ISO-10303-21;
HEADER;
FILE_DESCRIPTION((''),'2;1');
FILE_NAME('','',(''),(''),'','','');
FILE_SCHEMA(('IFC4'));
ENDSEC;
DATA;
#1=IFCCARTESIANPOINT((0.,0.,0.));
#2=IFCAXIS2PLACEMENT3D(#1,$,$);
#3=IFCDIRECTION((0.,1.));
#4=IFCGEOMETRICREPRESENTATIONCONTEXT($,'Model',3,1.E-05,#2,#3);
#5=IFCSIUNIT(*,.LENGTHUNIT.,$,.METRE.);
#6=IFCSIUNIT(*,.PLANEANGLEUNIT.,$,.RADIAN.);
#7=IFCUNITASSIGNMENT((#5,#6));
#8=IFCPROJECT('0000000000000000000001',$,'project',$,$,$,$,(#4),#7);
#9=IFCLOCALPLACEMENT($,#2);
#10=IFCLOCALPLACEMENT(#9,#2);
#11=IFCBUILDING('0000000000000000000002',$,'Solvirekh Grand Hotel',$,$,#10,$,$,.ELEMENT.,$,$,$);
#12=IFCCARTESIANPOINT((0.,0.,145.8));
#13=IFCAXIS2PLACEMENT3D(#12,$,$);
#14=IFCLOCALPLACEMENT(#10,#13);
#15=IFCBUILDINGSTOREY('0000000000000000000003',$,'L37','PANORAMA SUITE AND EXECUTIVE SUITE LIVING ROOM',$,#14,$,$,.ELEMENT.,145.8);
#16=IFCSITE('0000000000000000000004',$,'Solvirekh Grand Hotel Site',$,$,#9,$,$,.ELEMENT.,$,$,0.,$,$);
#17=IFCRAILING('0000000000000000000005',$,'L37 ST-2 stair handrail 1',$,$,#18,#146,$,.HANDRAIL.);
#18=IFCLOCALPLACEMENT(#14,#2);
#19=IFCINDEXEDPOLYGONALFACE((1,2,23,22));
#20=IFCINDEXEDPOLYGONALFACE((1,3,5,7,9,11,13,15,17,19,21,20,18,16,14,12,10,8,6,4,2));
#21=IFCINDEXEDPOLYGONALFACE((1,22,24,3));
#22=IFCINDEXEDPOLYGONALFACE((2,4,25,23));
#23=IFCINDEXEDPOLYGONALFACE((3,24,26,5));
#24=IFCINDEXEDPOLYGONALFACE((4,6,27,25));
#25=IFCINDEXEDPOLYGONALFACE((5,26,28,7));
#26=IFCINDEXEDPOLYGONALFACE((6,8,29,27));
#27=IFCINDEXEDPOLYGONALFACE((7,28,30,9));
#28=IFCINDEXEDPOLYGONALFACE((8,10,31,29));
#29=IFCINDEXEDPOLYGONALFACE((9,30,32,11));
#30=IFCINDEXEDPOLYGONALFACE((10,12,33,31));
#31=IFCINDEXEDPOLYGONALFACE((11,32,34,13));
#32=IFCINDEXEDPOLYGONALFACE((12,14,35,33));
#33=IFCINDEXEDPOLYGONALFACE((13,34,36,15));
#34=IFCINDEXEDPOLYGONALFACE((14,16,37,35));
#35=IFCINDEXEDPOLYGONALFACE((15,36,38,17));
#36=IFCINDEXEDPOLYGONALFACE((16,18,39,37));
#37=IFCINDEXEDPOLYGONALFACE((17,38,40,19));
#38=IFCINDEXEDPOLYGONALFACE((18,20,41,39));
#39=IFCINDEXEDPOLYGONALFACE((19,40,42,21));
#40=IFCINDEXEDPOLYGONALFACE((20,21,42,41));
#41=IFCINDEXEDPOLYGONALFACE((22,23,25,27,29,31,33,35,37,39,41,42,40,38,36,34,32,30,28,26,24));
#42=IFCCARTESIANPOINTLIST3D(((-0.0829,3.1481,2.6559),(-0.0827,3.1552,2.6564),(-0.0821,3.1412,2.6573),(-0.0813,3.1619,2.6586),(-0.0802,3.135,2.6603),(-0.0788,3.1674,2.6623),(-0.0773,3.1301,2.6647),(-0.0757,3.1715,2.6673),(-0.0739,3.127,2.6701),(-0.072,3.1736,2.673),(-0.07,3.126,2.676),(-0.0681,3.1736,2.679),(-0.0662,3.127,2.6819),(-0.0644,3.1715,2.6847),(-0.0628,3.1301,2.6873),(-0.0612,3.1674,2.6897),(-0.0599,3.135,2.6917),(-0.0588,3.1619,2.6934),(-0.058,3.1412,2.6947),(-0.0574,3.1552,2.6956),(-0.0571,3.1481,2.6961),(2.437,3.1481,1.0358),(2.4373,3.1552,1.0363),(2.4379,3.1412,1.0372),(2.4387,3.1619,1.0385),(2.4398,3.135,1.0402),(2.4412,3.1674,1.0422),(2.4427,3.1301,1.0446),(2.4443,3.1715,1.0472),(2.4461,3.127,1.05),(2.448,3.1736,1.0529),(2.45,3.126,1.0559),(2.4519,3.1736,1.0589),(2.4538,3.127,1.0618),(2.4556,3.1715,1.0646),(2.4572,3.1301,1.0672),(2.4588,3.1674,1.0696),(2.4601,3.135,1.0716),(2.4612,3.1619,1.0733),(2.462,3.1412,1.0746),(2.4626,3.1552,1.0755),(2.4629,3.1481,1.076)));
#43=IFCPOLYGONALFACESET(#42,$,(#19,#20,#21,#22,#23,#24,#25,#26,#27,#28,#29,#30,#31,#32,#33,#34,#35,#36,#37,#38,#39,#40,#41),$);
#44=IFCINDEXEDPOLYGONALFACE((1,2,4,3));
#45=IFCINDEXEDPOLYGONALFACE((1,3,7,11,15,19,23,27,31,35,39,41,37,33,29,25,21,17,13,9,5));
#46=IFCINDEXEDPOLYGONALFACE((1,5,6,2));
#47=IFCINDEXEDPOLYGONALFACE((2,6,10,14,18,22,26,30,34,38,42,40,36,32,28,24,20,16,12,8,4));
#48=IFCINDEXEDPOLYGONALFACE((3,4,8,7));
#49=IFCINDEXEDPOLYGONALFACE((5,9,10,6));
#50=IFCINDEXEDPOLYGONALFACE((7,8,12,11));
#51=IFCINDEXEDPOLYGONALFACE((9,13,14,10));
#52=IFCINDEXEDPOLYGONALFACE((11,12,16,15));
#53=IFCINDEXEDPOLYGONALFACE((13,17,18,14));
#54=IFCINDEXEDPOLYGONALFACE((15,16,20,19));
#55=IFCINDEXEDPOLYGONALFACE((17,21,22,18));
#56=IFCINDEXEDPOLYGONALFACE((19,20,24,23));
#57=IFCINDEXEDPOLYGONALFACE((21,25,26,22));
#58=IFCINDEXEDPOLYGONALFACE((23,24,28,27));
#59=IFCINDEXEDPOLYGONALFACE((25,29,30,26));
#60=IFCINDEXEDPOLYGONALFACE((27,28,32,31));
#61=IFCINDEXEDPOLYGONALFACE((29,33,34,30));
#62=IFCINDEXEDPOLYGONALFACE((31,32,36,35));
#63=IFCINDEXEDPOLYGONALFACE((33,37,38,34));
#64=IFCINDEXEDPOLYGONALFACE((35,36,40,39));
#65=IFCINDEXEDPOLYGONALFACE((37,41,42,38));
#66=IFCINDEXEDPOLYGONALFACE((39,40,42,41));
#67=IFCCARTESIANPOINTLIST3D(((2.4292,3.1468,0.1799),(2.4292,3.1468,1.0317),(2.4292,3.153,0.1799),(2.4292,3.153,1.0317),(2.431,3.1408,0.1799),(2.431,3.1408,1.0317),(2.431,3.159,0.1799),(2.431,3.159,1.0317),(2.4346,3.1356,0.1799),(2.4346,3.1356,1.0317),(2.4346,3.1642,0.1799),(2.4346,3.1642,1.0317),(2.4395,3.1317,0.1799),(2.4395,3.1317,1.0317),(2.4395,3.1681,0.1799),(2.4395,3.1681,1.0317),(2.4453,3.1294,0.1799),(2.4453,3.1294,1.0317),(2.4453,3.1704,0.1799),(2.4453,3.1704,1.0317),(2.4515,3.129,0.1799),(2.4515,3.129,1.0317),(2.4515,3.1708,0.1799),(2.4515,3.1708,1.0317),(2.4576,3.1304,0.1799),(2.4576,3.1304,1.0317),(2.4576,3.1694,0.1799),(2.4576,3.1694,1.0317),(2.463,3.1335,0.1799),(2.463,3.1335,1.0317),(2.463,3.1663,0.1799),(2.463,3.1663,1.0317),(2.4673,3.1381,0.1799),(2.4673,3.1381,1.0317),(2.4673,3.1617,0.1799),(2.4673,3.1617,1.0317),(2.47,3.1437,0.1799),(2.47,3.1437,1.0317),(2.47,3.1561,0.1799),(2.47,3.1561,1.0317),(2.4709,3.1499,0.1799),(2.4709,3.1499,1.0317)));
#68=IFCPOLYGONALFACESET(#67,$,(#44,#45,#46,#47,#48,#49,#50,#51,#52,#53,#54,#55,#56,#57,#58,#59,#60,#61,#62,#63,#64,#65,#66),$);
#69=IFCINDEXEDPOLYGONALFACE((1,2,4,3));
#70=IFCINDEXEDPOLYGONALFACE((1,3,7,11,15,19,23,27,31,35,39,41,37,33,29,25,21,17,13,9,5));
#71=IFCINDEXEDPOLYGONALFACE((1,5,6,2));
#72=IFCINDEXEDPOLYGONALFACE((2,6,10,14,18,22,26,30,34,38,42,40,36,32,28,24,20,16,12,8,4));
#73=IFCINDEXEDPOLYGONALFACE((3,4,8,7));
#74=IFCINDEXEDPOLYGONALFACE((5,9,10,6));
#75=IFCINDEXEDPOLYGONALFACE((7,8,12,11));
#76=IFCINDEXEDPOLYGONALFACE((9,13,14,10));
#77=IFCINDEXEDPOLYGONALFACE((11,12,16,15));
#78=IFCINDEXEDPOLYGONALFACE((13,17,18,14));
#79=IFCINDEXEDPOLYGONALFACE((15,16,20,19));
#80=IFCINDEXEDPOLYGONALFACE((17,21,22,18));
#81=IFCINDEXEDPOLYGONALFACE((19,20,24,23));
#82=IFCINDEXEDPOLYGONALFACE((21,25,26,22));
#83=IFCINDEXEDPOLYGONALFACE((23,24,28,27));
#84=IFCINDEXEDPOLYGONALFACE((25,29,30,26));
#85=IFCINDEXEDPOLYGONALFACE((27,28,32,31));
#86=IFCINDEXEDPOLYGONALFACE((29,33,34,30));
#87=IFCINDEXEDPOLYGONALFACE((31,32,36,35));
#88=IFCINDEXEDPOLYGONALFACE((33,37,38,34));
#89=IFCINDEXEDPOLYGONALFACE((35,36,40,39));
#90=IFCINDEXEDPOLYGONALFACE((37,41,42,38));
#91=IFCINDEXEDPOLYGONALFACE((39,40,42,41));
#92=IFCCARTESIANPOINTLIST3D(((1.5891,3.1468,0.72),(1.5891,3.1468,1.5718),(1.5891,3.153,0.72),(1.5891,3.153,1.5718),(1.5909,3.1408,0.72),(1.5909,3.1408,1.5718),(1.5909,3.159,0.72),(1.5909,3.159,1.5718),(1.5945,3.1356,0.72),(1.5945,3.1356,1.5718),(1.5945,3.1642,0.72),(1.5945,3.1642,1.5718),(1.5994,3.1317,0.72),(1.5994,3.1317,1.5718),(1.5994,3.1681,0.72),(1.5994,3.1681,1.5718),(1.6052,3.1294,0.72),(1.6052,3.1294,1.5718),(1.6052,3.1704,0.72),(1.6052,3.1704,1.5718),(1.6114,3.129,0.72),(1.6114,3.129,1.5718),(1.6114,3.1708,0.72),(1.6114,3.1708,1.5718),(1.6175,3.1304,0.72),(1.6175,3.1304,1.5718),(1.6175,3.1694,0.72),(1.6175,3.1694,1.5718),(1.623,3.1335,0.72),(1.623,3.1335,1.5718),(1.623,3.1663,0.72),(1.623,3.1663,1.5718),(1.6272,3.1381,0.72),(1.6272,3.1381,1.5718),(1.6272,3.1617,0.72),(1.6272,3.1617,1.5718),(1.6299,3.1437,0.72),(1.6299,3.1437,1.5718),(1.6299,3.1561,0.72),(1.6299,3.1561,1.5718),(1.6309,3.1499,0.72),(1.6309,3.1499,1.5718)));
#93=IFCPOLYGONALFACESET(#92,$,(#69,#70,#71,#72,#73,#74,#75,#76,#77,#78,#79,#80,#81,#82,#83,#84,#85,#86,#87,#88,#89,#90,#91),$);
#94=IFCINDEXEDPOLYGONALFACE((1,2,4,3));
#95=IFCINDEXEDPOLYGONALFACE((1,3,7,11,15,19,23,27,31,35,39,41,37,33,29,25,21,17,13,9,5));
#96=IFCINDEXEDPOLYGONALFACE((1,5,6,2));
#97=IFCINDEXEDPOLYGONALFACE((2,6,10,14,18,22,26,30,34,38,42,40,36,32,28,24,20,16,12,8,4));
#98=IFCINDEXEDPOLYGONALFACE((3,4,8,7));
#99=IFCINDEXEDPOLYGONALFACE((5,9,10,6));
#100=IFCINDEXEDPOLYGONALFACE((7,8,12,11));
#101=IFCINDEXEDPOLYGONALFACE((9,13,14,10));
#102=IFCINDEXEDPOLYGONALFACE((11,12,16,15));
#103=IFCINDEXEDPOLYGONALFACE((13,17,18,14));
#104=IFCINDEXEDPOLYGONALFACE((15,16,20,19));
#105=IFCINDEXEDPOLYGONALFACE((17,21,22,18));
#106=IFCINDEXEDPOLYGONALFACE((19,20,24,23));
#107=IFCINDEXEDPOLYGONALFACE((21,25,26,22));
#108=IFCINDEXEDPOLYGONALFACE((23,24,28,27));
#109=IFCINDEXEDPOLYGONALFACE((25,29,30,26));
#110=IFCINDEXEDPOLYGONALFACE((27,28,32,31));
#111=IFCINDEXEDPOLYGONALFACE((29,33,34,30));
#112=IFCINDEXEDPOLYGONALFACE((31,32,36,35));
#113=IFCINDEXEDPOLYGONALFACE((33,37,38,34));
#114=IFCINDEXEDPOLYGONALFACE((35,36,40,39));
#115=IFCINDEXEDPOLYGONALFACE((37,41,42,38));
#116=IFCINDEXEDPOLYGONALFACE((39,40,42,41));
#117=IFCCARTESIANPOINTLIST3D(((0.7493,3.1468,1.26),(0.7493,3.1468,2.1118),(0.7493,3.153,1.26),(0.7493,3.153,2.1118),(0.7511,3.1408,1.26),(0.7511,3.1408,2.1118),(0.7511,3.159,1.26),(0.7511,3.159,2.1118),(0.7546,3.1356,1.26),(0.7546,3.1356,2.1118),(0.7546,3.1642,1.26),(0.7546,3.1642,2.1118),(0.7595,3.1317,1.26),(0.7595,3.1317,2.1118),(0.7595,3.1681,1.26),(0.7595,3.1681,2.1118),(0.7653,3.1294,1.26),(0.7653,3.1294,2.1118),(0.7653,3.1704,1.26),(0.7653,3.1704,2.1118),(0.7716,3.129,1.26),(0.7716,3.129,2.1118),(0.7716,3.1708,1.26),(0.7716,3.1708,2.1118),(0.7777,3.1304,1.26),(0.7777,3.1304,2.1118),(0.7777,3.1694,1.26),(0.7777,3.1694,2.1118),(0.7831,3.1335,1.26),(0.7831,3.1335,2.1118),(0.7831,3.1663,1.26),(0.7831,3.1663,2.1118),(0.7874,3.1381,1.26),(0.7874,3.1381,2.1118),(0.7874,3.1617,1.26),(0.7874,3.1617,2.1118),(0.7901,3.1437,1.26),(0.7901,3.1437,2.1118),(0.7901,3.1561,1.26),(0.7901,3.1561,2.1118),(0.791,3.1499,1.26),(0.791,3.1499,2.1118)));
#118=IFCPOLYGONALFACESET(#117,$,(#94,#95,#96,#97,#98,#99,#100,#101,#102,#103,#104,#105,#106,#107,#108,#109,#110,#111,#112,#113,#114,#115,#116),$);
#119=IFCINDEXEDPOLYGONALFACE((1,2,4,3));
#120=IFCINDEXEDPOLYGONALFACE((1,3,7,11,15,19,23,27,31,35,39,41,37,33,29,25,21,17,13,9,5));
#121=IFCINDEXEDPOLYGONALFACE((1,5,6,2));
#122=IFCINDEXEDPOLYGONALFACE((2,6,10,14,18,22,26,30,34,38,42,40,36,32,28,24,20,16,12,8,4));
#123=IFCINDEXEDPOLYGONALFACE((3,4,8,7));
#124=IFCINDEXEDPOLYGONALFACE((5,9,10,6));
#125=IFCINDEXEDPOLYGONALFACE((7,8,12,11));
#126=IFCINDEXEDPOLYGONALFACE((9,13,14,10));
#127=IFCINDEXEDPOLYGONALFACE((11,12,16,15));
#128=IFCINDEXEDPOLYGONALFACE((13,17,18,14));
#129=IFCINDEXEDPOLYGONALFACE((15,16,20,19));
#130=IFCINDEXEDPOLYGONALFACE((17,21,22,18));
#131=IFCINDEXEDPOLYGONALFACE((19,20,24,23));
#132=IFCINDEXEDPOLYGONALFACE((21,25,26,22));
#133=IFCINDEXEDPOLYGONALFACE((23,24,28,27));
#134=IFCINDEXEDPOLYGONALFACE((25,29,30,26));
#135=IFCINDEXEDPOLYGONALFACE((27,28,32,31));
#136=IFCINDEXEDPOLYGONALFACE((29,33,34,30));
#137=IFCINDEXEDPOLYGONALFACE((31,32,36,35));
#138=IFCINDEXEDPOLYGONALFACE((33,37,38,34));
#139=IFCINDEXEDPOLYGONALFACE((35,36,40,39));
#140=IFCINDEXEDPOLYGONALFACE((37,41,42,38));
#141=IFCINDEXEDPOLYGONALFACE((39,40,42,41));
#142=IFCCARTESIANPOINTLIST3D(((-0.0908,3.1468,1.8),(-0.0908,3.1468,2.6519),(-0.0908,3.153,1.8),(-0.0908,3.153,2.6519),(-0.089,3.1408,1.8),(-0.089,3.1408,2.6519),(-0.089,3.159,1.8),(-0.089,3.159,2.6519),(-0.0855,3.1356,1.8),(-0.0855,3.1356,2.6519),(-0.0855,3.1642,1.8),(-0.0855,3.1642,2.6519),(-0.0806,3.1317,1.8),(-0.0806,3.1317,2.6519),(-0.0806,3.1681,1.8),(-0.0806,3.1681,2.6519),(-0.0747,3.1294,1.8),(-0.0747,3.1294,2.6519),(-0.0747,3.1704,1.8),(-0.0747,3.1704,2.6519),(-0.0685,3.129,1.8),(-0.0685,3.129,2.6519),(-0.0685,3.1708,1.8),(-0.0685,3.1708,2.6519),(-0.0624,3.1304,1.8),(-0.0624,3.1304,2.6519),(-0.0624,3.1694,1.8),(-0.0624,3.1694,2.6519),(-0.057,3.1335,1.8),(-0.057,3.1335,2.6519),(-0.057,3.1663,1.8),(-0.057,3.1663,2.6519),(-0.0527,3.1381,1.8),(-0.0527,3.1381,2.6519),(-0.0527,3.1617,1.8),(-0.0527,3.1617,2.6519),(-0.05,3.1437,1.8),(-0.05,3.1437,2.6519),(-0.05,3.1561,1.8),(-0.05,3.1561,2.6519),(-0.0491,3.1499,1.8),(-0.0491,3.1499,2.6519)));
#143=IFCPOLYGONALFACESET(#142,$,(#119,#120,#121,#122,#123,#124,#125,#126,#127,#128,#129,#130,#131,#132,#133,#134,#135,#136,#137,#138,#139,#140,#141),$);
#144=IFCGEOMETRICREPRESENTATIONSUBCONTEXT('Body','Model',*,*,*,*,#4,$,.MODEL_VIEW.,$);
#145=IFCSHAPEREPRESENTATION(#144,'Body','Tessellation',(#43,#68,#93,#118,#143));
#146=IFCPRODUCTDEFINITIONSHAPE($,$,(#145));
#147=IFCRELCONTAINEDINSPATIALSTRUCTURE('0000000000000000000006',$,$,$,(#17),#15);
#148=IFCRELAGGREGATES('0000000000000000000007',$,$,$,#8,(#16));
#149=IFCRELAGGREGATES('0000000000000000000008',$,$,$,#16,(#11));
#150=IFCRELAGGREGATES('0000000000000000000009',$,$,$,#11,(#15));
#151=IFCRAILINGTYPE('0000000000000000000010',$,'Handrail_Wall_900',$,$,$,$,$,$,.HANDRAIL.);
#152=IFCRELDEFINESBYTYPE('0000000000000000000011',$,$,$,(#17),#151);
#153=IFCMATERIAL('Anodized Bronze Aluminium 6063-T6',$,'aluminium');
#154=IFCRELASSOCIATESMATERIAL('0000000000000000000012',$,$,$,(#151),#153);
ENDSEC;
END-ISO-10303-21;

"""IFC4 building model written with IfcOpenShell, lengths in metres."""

from ifc_helpers import new_model, si_unit, direction, frame, origin, origin_2d, place, context, subcontext, project, spatial, circle, extrude, material, type_object, element, save


model = new_model("IFC4")

# Units and contexts
model_context = context("Model", 3, precision=1e-05, world=origin(), true_north=direction((0.0, 1.0)))
body_context = subcontext(model_context, "Body", "Model", "MODEL_VIEW")
ifc_project = project(units=[si_unit("LENGTHUNIT", "METRE"), si_unit("PLANEANGLEUNIT", "RADIAN")], contexts=[model_context])

# Site, building, storey
site_placement = place(None, origin())
site = spatial("IfcSite", under=ifc_project, at=site_placement, Name="Solvirekh Grand Hotel Site", CompositionType="ELEMENT", RefElevation=0.0)
building_placement = place(site_placement, origin())
building = spatial("IfcBuilding", under=site, at=building_placement, Name="Solvirekh Grand Hotel", CompositionType="ELEMENT")
storey_placement = place(building_placement, frame((0.0, 0.0, 145.8)))
storey = spatial("IfcBuildingStorey", under=building, at=storey_placement, Name="L37", Description="PANORAMA SUITE AND EXECUTIVE SUITE LIVING ROOM", CompositionType="ELEMENT", Elevation=145.8)

# Shared definitions
ifc_material_1 = material(Name="Anodized Bronze Aluminium 6063-T6", Category="aluminium")

# Railing
railing_type_1 = type_object("IfcRailingType", Name="Handrail_Wall_900", PredefinedType="HANDRAIL", material=ifc_material_1)
railing_1_placement = place(storey_placement, frame((2.45, 3.1499, 0.1799)))
element("IfcRailing", 1, at=railing_1_placement, inside=storey, type_object=railing_type_1, Name="L37 ST-2 stair handrail 1", PredefinedType="HANDRAIL", context=body_context, shape_type="SweptSolid", body=[
    extrude(circle(Radius=0.0239, at=origin_2d()), frame((0.0, 0.0, 0.876), z_axis=(-0.841163, 0.0, 0.540782), x_axis=(0.0, -1.0, 0.0)), (0.0, 0.0, 1.0), 2.9958),
    extrude(circle(Radius=0.021, at=origin_2d()), origin(), (0.0, 0.0, 1.0), 0.8518),
    extrude(circle(Radius=0.021, at=origin_2d()), frame((-0.8401, 0.0, 0.54)), (0.0, 0.0, 1.0), 0.8518),
    extrude(circle(Radius=0.021, at=origin_2d()), frame((-1.6799, 0.0, 1.0801)), (0.0, 0.0, 1.0), 0.8518),
    extrude(circle(Radius=0.021, at=origin_2d()), frame((-2.52, 0.0, 1.6201)), (0.0, 0.0, 1.0), 0.8518),
])

save(model, "model.ifc")
